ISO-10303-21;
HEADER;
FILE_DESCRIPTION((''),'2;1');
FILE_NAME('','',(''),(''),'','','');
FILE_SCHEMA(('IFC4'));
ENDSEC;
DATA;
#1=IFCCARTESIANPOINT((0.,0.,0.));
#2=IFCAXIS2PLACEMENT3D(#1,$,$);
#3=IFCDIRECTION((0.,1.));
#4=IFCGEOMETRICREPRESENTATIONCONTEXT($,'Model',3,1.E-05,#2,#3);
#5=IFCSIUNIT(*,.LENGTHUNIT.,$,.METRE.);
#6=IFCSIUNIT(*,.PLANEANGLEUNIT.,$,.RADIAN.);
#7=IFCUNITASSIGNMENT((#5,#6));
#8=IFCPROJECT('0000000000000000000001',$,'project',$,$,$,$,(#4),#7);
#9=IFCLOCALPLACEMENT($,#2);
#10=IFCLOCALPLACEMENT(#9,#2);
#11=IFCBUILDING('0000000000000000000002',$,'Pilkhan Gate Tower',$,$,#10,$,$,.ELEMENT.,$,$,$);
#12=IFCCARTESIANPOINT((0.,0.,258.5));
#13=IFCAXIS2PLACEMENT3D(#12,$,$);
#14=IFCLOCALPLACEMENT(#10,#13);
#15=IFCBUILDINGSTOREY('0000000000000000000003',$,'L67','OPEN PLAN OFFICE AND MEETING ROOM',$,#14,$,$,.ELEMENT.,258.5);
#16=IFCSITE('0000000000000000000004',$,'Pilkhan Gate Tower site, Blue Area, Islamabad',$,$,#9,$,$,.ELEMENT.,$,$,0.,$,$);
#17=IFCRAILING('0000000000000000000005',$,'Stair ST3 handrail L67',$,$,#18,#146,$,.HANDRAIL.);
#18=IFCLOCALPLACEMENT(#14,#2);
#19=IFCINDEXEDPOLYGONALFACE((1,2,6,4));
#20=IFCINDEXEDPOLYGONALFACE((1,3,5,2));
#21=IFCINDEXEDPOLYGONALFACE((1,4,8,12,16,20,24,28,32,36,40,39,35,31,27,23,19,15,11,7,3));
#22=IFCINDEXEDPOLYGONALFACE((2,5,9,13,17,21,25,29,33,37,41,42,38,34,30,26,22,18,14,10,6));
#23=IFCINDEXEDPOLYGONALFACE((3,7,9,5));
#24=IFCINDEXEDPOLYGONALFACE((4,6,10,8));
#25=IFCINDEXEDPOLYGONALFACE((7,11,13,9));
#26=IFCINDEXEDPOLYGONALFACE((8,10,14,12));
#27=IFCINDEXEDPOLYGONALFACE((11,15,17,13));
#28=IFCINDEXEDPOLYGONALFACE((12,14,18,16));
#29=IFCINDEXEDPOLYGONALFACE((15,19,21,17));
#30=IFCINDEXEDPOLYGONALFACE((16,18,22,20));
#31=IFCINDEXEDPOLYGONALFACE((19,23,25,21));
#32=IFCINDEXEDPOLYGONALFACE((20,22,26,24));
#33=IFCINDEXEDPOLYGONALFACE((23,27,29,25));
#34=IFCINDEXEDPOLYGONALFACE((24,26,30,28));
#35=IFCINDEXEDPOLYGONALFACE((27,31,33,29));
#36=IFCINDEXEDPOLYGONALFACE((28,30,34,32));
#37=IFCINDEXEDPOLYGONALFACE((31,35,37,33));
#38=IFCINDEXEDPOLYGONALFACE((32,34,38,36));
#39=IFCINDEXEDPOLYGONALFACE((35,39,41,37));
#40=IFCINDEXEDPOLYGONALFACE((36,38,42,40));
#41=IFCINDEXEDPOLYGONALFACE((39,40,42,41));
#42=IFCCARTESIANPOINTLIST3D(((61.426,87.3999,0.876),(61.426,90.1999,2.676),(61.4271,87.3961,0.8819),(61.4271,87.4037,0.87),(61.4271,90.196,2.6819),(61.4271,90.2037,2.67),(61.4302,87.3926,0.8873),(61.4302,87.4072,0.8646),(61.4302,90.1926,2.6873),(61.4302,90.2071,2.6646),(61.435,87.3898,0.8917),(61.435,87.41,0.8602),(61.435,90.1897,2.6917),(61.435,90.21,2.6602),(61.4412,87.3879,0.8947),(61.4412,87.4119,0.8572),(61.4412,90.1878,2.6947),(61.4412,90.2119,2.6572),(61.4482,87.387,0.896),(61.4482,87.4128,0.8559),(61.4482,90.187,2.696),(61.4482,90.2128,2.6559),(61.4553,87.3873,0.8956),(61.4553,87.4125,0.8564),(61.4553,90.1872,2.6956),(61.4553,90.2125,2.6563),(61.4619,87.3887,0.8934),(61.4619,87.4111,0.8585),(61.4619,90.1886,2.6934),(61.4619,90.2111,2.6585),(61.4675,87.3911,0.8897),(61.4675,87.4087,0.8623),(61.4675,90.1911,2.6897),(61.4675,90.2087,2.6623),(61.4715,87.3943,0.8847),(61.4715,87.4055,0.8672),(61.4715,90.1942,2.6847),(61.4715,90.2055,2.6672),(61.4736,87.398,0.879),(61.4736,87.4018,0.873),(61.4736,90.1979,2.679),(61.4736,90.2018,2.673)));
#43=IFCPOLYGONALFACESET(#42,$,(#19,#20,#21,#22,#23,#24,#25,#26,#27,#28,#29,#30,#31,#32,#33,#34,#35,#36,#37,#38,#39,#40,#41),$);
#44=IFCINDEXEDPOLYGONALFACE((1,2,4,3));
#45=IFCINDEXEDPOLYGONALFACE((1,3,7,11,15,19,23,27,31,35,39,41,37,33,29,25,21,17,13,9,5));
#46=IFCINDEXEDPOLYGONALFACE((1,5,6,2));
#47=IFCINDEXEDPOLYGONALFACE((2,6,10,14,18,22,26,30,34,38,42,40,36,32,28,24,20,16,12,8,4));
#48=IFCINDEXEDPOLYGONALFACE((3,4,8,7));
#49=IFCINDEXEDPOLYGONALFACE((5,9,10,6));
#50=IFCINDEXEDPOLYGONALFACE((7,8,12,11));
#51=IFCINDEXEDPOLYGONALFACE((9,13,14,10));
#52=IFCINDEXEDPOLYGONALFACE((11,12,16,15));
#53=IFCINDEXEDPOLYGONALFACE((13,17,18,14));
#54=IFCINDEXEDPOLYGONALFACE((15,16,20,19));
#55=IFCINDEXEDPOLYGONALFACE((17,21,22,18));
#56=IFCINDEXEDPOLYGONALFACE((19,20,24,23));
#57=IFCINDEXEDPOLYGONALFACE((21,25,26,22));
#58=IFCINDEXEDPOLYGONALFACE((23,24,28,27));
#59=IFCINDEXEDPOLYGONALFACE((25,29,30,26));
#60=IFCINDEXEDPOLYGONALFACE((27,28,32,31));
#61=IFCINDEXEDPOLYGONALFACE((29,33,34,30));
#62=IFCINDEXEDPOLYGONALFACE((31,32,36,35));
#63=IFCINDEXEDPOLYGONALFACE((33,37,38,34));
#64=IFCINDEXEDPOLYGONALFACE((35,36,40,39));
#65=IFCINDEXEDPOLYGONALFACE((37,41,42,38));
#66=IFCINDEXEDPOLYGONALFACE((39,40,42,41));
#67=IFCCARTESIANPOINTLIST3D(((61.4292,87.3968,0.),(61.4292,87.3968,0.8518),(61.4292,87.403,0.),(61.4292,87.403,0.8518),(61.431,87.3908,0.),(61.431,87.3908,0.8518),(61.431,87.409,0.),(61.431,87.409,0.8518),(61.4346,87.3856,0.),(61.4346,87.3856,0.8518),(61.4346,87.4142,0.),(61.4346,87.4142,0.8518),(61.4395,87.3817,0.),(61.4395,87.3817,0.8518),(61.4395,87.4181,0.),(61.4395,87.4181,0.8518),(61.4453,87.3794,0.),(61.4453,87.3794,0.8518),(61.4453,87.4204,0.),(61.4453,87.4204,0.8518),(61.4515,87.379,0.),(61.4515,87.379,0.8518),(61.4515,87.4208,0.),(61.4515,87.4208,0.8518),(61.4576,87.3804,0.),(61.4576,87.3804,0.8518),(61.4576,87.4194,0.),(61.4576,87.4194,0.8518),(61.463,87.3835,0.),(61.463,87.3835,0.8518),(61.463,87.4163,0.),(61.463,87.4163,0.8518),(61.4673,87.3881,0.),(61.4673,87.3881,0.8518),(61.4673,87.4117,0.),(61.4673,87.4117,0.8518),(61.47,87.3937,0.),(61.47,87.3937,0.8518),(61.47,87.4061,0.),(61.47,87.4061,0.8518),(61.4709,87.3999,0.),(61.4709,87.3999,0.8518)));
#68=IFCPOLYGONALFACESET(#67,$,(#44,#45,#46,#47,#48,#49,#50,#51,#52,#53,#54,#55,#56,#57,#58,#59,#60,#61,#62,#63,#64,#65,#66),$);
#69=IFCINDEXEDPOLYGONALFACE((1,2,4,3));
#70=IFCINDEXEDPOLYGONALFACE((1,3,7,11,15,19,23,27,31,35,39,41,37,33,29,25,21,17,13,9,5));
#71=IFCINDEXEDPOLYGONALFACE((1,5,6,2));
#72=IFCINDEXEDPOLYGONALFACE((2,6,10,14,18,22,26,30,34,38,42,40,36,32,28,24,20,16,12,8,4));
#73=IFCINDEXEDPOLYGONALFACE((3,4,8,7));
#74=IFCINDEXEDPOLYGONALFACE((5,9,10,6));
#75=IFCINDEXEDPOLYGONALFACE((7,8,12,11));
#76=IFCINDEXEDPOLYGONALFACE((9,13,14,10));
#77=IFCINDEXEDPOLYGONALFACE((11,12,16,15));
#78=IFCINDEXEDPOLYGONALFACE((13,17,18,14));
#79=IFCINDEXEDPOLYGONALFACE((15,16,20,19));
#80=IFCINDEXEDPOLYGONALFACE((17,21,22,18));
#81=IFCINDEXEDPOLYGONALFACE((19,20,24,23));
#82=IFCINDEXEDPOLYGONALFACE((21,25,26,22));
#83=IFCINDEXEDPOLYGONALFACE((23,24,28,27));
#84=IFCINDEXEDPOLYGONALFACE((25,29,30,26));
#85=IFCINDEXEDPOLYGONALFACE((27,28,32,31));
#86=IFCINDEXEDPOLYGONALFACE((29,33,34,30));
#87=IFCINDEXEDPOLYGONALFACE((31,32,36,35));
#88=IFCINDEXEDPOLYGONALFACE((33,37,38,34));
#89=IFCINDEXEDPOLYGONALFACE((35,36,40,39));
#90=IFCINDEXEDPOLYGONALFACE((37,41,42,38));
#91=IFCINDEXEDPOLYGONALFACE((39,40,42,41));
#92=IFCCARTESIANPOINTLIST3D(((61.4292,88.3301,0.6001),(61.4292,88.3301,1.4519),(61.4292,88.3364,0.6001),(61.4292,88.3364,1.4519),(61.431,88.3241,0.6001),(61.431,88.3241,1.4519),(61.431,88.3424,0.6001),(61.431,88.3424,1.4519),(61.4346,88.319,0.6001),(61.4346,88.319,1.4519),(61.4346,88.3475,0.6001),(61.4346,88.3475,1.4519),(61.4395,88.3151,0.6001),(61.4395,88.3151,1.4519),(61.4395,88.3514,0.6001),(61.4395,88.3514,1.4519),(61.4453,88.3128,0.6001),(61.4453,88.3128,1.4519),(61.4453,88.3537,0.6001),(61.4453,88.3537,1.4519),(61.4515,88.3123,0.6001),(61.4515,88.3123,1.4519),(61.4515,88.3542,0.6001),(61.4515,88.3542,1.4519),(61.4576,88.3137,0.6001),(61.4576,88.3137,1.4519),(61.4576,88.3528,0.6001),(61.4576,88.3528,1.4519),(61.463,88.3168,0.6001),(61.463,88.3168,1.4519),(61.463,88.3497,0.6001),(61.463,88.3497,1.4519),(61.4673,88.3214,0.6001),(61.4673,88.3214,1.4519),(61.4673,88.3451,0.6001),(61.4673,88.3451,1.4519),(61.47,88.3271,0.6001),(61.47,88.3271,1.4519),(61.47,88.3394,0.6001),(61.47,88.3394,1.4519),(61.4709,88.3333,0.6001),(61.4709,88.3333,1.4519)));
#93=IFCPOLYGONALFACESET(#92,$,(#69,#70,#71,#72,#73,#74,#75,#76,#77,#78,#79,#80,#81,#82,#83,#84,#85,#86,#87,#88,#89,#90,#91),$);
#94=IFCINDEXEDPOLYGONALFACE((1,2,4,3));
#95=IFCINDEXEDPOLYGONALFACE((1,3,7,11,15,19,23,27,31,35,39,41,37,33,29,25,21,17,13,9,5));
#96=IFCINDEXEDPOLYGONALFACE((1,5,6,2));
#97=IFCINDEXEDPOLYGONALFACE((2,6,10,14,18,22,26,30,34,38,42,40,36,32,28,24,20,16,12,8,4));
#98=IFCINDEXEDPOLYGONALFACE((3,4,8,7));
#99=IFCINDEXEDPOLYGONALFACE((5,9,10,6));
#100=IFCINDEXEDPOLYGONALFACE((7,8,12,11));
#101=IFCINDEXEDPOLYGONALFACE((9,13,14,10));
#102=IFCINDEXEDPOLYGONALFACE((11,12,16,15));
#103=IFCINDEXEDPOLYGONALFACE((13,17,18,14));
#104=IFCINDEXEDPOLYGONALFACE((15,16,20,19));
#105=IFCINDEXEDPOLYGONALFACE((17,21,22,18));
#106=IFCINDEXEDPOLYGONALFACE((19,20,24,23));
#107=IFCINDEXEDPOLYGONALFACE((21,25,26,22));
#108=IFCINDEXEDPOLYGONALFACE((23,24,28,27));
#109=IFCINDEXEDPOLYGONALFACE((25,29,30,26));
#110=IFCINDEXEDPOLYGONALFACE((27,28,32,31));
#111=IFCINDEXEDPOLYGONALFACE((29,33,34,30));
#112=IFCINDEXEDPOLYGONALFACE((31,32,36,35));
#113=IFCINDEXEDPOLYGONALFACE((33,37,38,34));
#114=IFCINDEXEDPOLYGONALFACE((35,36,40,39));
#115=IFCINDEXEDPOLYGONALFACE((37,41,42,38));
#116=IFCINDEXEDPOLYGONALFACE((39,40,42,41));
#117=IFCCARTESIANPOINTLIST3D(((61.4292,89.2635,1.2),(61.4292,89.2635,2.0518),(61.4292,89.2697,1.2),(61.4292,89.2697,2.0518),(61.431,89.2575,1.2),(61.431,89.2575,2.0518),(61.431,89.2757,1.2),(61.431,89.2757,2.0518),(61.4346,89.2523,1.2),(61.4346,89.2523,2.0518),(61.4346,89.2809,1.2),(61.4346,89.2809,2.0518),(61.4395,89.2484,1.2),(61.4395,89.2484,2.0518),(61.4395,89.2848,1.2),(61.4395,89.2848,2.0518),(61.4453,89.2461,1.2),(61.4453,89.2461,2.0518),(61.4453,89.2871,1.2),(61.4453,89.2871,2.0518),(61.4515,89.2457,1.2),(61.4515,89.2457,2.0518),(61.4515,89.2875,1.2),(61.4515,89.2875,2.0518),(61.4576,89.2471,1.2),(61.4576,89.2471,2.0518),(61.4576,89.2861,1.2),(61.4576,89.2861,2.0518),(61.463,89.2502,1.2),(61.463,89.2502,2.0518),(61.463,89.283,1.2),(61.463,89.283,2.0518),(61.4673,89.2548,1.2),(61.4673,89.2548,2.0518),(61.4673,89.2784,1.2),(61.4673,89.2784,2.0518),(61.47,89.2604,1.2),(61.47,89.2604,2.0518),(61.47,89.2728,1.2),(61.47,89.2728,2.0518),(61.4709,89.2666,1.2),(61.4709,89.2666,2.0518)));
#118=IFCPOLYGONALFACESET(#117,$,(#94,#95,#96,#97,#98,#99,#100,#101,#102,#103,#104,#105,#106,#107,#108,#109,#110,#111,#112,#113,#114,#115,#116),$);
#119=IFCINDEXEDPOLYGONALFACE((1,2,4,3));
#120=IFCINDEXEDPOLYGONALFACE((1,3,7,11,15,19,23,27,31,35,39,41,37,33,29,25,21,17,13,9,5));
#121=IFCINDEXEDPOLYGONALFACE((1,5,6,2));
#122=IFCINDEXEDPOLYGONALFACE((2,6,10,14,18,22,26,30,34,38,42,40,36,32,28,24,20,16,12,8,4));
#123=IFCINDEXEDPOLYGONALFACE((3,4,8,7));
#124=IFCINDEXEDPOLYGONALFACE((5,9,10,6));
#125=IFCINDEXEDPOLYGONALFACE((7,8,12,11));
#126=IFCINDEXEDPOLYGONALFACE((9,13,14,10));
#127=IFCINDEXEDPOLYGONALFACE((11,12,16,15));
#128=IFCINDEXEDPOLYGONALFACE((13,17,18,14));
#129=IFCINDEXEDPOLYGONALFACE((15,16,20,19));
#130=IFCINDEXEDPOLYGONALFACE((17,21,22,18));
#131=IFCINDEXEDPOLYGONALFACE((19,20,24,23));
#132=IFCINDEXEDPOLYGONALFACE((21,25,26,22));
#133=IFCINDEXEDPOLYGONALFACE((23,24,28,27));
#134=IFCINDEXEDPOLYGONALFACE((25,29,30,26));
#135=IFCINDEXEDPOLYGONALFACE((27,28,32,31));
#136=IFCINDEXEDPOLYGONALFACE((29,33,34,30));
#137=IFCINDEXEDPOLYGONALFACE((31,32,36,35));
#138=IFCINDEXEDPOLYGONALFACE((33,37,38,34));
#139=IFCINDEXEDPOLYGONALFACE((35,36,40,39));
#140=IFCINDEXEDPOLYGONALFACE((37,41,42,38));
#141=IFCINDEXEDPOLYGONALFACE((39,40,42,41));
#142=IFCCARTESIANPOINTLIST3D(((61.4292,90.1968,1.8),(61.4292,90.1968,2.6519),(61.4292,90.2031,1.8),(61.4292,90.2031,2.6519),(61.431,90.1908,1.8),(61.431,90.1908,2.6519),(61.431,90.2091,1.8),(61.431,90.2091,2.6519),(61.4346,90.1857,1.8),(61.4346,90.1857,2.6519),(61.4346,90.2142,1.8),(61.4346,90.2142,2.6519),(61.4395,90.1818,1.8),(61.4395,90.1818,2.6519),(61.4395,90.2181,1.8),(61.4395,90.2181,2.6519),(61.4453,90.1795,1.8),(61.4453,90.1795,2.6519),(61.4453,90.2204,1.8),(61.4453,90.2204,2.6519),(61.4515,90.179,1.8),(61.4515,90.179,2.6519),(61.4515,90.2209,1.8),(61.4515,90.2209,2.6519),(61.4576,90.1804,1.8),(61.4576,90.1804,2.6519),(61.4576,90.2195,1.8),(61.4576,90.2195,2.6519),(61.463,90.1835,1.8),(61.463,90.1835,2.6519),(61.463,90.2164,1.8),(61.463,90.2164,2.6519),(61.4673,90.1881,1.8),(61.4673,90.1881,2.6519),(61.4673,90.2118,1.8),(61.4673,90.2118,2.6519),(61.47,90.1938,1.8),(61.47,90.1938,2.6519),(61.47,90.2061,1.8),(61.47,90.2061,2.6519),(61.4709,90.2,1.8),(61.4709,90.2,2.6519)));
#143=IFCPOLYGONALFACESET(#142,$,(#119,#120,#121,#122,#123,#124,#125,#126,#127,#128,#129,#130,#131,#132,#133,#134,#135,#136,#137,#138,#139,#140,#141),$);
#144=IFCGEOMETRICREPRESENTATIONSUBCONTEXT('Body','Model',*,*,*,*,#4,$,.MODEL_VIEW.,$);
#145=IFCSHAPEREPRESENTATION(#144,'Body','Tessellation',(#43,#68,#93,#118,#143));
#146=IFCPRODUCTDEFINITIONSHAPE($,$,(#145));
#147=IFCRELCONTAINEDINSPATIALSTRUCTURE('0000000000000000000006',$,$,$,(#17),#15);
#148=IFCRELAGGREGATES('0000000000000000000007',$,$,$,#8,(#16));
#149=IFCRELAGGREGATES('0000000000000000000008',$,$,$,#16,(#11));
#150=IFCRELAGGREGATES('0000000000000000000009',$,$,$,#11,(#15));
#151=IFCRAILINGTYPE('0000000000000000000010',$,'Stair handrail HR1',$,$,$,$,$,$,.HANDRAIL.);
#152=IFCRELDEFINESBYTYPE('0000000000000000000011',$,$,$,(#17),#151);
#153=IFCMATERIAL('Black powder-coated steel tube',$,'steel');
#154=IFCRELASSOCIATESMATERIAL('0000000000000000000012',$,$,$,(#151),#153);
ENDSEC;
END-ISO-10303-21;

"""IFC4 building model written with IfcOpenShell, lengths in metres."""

from ifc_helpers import new_model, si_unit, direction, frame, origin, origin_2d, place, context, subcontext, project, spatial, circle, extrude, material, type_object, element, save


model = new_model("IFC4")

# Units and contexts
model_context = context("Model", 3, precision=1e-05, world=origin(), true_north=direction((0.0, 1.0)))
body_context = subcontext(model_context, "Body", "Model", "MODEL_VIEW")
ifc_project = project(units=[si_unit("LENGTHUNIT", "METRE"), si_unit("PLANEANGLEUNIT", "RADIAN")], contexts=[model_context])

# Site, building, storey
site_placement = place(None, origin())
site = spatial("IfcSite", under=ifc_project, at=site_placement, Name="Pilkhan Gate Tower site, Blue Area, Islamabad", CompositionType="ELEMENT", RefElevation=0.0)
building_placement = place(site_placement, origin())
building = spatial("IfcBuilding", under=site, at=building_placement, Name="Pilkhan Gate Tower", CompositionType="ELEMENT")
storey_placement = place(building_placement, frame((0.0, 0.0, 258.5)))
storey = spatial("IfcBuildingStorey", under=building, at=storey_placement, Name="L67", Description="OPEN PLAN OFFICE AND MEETING ROOM", CompositionType="ELEMENT", Elevation=258.5)

# Railing
ifc_material_1 = material(Name="Black powder-coated steel tube", Category="steel")
railing_type_1 = type_object("IfcRailingType", Name="Stair handrail HR1", PredefinedType="HANDRAIL", material=ifc_material_1)
railing_1_placement = place(storey_placement, frame((61.45, 87.3999, 0.0)))
element("IfcRailing", 1, at=railing_1_placement, inside=storey, type_object=railing_type_1, Name="Stair ST3 handrail L67", PredefinedType="HANDRAIL", context=body_context, shape_type="SweptSolid", body=[
    extrude(circle(Radius=0.0239, at=origin_2d()), frame((0.0, 0.0, 0.876), z_axis=(0.0, 0.841176, 0.540761), x_axis=(-1.0, 0.0, 0.0)), (0.0, 0.0, 1.0), 3.3286),
    extrude(circle(Radius=0.021, at=origin_2d()), origin(), (0.0, 0.0, 1.0), 0.8518),
    extrude(circle(Radius=0.021, at=origin_2d()), frame((0.0, 0.9333, 0.6001)), (0.0, 0.0, 1.0), 0.8518),
    extrude(circle(Radius=0.021, at=origin_2d()), frame((0.0, 1.8667, 1.2)), (0.0, 0.0, 1.0), 0.8518),
    extrude(circle(Radius=0.021, at=origin_2d()), frame((0.0, 2.8, 1.8)), (0.0, 0.0, 1.0), 0.8518),
])

save(model, "model.ifc")
